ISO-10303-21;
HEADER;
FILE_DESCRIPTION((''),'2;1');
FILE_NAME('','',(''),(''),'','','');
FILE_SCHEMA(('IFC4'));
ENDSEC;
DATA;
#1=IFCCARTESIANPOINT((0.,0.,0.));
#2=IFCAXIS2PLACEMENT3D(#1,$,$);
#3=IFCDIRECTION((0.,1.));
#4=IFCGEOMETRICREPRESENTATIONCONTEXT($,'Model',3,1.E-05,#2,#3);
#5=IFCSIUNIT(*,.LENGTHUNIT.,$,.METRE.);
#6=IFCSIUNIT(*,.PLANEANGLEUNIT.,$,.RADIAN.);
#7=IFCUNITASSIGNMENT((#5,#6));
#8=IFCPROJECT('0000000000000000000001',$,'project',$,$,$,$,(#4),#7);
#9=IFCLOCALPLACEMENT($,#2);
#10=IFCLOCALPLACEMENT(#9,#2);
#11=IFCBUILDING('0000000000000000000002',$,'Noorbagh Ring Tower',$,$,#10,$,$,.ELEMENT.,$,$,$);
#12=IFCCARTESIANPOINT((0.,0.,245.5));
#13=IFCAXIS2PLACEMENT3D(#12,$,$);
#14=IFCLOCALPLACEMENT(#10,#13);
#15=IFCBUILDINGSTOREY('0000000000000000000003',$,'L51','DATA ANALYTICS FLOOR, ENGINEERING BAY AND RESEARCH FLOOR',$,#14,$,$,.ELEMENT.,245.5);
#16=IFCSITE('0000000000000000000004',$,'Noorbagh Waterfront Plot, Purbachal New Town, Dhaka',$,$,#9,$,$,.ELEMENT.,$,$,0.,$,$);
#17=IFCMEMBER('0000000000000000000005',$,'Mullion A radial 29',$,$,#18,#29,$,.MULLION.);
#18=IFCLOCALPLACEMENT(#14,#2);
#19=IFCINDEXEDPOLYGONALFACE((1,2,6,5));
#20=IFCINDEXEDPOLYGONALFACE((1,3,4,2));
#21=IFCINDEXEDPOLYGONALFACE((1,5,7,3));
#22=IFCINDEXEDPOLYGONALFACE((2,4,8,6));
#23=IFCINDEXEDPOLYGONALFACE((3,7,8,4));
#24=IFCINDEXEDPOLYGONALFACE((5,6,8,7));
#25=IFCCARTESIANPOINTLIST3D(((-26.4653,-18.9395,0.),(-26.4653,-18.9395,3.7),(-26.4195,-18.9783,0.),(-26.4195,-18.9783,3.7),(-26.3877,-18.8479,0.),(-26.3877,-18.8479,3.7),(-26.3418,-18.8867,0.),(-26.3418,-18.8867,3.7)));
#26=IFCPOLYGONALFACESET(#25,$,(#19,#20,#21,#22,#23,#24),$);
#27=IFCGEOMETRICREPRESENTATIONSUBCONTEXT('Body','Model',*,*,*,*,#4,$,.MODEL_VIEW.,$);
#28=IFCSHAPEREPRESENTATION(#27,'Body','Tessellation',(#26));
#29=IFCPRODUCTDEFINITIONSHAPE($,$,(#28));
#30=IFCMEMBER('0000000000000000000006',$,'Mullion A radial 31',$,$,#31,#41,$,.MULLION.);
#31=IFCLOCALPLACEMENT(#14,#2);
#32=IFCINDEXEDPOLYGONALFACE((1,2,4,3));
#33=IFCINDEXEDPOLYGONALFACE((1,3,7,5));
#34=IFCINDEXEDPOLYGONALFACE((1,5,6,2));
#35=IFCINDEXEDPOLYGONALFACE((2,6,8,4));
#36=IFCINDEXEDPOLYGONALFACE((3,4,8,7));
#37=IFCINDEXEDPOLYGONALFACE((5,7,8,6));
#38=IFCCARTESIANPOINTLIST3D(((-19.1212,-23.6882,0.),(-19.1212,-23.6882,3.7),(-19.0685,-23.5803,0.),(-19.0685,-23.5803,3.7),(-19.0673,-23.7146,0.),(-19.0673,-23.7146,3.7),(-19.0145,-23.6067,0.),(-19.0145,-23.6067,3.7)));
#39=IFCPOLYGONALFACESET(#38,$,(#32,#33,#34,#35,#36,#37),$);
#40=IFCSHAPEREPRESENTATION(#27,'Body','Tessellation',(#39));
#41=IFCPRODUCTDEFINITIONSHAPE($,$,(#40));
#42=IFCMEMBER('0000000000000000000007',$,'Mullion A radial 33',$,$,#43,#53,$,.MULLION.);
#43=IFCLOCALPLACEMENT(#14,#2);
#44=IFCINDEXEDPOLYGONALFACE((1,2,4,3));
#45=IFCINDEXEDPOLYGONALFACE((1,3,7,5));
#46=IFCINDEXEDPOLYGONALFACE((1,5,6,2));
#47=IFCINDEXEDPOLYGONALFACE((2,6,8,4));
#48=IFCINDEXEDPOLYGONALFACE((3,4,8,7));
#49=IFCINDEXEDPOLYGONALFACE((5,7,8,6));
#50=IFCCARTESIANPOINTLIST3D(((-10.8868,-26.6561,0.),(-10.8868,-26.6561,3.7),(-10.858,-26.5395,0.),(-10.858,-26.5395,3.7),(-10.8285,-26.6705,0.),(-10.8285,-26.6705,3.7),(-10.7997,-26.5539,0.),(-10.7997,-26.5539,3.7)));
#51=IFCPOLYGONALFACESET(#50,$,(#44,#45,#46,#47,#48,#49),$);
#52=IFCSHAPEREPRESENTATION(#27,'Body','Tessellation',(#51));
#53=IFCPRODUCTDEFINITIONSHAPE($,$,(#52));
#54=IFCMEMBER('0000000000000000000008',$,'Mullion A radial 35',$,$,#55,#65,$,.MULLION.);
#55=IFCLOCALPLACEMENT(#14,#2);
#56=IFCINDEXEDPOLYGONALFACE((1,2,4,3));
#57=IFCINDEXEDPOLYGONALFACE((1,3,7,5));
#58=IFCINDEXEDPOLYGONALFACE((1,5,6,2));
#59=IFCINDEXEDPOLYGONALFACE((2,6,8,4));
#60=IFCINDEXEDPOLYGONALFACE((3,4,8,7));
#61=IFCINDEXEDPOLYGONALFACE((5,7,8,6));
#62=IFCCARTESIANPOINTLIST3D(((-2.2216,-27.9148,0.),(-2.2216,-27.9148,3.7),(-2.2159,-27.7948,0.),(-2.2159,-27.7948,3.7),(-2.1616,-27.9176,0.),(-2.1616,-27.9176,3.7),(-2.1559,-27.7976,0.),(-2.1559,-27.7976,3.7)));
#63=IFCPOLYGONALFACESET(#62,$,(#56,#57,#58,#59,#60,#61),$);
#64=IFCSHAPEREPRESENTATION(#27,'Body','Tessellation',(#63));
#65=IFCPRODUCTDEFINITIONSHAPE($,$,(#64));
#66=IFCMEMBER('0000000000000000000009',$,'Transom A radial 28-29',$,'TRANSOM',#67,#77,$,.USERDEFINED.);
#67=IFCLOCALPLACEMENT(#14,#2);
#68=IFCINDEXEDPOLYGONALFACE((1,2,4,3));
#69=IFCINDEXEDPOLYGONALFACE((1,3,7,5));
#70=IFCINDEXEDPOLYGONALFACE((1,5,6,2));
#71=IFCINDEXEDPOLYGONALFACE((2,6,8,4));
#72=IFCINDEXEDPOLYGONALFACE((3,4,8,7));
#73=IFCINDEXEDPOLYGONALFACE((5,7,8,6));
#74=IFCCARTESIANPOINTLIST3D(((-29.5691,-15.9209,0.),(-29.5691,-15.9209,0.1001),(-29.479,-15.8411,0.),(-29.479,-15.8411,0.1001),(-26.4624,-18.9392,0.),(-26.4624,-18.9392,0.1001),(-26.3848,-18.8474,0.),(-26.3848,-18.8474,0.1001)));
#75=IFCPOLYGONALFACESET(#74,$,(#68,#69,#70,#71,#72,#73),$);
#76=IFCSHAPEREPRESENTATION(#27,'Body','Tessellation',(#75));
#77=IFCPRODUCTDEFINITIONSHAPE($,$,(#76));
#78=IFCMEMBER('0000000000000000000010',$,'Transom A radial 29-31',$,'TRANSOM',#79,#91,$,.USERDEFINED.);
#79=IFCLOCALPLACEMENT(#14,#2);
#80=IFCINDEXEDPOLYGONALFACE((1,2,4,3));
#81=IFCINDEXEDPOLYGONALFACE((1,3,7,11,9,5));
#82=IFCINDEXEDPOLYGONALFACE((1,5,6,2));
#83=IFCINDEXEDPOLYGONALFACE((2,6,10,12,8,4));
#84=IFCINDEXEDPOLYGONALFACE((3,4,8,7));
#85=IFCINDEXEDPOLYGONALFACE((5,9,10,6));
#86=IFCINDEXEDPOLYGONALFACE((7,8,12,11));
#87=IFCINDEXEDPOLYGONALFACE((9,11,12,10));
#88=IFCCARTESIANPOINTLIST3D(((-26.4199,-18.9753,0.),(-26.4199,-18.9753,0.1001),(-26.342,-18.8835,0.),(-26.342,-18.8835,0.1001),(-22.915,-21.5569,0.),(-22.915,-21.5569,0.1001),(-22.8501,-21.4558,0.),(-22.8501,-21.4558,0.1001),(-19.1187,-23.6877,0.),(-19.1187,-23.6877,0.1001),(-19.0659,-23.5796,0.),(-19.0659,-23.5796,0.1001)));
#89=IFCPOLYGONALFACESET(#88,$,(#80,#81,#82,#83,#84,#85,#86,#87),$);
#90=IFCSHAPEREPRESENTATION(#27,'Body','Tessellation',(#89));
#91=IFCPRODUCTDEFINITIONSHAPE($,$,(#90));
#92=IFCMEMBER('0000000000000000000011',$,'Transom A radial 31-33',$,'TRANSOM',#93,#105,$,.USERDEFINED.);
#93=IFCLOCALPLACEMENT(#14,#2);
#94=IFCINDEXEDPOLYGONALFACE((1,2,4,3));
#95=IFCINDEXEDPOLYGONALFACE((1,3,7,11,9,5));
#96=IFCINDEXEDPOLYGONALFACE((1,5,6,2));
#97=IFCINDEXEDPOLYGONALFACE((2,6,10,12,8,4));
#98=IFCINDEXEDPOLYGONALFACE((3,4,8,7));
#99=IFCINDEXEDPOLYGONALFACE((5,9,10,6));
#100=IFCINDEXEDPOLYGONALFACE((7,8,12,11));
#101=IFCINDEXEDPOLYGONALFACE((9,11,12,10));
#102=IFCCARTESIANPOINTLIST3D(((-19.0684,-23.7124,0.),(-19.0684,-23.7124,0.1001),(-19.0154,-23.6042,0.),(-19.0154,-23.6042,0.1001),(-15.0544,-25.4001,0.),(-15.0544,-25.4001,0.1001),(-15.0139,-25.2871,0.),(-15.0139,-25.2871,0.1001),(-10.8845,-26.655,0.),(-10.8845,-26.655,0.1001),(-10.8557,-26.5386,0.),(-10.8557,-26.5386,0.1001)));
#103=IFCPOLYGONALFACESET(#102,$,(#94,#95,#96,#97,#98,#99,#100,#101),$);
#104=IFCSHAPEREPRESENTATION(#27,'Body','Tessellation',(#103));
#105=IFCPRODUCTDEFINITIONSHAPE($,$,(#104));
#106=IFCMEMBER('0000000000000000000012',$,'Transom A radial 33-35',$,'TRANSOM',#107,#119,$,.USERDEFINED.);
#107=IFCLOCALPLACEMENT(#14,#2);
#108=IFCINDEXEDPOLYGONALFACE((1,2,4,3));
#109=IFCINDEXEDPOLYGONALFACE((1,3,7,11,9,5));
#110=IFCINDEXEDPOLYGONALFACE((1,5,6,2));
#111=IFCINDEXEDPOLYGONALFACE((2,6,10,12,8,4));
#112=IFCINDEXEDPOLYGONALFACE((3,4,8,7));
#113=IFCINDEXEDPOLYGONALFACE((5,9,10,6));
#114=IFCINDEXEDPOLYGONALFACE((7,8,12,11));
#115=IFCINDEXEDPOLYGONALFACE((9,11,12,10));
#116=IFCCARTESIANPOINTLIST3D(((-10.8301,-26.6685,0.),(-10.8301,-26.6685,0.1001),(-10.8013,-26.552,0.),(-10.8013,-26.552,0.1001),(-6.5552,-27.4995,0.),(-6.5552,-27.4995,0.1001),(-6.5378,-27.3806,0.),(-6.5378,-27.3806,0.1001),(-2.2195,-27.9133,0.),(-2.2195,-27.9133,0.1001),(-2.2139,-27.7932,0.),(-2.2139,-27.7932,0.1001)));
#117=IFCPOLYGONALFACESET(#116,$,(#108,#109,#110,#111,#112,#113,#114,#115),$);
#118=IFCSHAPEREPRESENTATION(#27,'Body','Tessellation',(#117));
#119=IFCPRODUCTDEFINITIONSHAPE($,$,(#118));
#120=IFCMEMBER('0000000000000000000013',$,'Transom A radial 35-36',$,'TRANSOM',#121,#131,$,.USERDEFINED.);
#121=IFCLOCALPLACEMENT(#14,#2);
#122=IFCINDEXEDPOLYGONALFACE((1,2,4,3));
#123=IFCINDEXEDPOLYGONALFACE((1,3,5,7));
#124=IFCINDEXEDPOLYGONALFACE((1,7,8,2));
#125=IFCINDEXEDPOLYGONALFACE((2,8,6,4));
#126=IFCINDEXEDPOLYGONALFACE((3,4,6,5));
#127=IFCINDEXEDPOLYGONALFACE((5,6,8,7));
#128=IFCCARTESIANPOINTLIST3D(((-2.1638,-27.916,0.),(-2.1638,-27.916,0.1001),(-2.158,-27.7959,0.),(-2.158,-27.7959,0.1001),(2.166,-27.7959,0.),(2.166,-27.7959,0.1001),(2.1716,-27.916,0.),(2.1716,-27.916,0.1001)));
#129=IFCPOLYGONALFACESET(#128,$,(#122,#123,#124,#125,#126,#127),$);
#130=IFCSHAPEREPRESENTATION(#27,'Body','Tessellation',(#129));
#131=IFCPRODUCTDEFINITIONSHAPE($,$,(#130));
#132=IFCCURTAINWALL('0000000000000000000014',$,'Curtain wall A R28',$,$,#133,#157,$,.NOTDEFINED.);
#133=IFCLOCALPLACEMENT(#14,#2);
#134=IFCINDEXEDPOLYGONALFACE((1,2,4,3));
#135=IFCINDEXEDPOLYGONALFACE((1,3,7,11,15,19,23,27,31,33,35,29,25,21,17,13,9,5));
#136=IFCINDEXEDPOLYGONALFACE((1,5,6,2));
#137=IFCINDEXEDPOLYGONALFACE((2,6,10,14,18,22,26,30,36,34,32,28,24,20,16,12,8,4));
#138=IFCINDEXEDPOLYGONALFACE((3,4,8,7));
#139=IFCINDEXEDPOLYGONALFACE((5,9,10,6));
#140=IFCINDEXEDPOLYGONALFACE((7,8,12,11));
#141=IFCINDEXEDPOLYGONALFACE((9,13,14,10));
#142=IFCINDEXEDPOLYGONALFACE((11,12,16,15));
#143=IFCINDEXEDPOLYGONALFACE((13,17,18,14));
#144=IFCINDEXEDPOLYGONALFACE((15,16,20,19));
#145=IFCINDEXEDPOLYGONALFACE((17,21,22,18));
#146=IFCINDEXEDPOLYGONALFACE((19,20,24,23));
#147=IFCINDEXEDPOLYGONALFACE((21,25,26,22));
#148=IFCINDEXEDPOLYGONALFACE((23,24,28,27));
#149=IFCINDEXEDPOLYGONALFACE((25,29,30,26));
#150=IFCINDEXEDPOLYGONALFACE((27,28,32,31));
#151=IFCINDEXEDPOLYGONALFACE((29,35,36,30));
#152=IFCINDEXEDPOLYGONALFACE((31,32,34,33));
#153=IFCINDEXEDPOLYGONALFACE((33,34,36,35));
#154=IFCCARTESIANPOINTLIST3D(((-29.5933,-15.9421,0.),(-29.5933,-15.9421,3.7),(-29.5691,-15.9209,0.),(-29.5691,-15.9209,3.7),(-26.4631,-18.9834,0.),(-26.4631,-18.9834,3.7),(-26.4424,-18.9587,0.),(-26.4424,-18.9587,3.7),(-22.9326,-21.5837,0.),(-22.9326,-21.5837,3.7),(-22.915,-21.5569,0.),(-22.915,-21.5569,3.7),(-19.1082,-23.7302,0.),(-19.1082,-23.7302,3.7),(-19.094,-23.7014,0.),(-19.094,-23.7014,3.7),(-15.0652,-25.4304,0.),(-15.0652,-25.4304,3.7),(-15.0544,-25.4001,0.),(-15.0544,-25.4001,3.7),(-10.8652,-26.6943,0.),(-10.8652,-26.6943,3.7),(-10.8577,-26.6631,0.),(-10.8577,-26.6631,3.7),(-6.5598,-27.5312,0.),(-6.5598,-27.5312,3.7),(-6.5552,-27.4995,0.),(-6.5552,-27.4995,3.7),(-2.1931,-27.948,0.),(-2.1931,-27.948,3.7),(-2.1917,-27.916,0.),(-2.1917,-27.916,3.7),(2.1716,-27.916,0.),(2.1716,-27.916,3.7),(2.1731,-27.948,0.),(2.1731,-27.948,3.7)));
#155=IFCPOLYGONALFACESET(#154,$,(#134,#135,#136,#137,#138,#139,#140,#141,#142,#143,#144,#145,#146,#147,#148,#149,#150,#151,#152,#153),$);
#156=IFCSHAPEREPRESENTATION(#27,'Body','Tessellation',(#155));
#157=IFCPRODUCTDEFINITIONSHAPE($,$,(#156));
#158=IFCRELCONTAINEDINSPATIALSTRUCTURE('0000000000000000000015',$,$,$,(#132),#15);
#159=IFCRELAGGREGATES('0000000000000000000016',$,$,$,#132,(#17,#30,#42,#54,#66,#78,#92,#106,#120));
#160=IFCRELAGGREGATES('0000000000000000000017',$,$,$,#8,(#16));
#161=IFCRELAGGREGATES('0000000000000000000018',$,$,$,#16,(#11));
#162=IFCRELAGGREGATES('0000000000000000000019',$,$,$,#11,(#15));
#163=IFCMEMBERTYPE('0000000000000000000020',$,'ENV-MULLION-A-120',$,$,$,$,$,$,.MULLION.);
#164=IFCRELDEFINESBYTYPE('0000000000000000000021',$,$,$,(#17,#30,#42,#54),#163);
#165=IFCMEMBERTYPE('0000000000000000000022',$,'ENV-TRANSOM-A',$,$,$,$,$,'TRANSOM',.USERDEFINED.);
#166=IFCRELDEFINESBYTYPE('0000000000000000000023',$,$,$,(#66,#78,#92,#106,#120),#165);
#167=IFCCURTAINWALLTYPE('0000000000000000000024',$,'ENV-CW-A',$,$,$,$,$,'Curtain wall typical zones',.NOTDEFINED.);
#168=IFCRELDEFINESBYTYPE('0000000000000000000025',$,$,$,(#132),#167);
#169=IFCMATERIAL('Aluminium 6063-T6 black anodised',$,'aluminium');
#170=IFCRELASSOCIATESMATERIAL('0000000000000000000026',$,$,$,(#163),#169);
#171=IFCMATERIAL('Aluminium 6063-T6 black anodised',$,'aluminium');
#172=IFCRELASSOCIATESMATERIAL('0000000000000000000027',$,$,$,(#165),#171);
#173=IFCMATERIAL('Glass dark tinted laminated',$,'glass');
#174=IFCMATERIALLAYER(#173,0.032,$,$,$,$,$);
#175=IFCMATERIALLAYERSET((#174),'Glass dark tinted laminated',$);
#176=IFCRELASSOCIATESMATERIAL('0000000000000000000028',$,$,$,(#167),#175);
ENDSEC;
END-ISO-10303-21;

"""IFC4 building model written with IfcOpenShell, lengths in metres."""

from ifc_helpers import new_model, si_unit, direction, frame, origin, origin_2d, place, context, subcontext, project, spatial, polyline, rectangle, outline, extrude, material, layer, layer_set, material_profile, profile_set, type_object, element, aggregate, save


model = new_model("IFC4")

# Units and contexts
model_context = context("Model", 3, precision=1e-05, world=origin(), true_north=direction((0.0, 1.0)))
body_context = subcontext(model_context, "Body", "Model", "MODEL_VIEW")
ifc_project = project(units=[si_unit("LENGTHUNIT", "METRE"), si_unit("PLANEANGLEUNIT", "RADIAN")], contexts=[model_context])

# Members
ifc_material_1 = material(Name="Aluminium 6063-T6 black anodised", Category="aluminium")
ifc_material_profile_1 = material_profile(ifc_material_1, rectangle(XDim=0.1201, YDim=0.0601, at=origin_2d()), Name="120x60")
ifc_profile_set_1 = profile_set([ifc_material_profile_1], Name="Aluminium 6063-T6 black anodised")
member_type_1 = type_object("IfcMemberType", Name="ENV-MULLION-A-120", PredefinedType="MULLION", material=ifc_profile_set_1)
site_placement = place(None, origin())
building_placement = place(site_placement, origin())
storey_placement = place(building_placement, frame((0.0, 0.0, 245.5)))
member_1_placement = place(storey_placement, frame((-26.4036, -18.9131, 0.0), z_axis=(0.0, 0.0, 1.0), x_axis=(0.646451, 0.762955, 0.0)))
member_1 = element("IfcMember", 1, at=member_1_placement, type_object=member_type_1, Name="Mullion A radial 29", PredefinedType="MULLION", context=body_context, shape_type="SweptSolid", body=[
    extrude(rectangle(XDim=0.1201, YDim=0.0601, at=origin_2d()), origin(), (0.0, 0.0, 1.0), 3.7),
])
member_2_placement = place(storey_placement, frame((-19.0679, -23.6475, 0.0), z_axis=(0.0, 0.0, 1.0), x_axis=(0.439238, 0.898371, 0.0)))
member_2 = element("IfcMember", 2, at=member_2_placement, type_object=member_type_1, Name="Mullion A radial 31", PredefinedType="MULLION", context=body_context, shape_type="SweptSolid", body=[
    extrude(rectangle(XDim=0.1201, YDim=0.0601, at=origin_2d()), origin(), (0.0, 0.0, 1.0), 3.7),
])
member_3_placement = place(storey_placement, frame((-10.8433, -26.605, 0.0), z_axis=(0.0, 0.0, 1.0), x_axis=(0.239799, 0.970823, 0.0)))
member_3 = element("IfcMember", 3, at=member_3_placement, type_object=member_type_1, Name="Mullion A radial 33", PredefinedType="MULLION", context=body_context, shape_type="SweptSolid", body=[
    extrude(rectangle(XDim=0.1201, YDim=0.0601, at=origin_2d()), origin(), (0.0, 0.0, 1.0), 3.7),
])
member_4_placement = place(storey_placement, frame((-2.1887, -27.8562, 0.0), z_axis=(0.0, 0.0, 1.0), x_axis=(0.047558, 0.998868, 0.0)))
member_4 = element("IfcMember", 4, at=member_4_placement, type_object=member_type_1, Name="Mullion A radial 35", PredefinedType="MULLION", context=body_context, shape_type="SweptSolid", body=[
    extrude(rectangle(XDim=0.1201, YDim=0.0601, at=origin_2d()), origin(), (0.0, 0.0, 1.0), 3.7),
])
ifc_material_2 = material(Name="Aluminium 6063-T6 black anodised", Category="aluminium")
member_type_2 = type_object("IfcMemberType", Name="ENV-TRANSOM-A", ElementType="TRANSOM", PredefinedType="USERDEFINED", material=ifc_material_2)
member_5_placement = place(storey_placement, origin())
member_5 = element("IfcMember", 5, at=member_5_placement, type_object=member_type_2, Name="Transom A radial 28-29", ObjectType="TRANSOM", PredefinedType="USERDEFINED", context=body_context, shape_type="SweptSolid", body=[
    extrude(outline(polyline([(-29.5691, -15.9209), (-26.4624, -18.9392), (-26.3848, -18.8474), (-29.479, -15.8411), (-29.5691, -15.9209)])), origin(), (0.0, 0.0, 1.0), 0.1001),
])
member_6_placement = place(storey_placement, origin())
member_6 = element("IfcMember", 6, at=member_6_placement, type_object=member_type_2, Name="Transom A radial 29-31", ObjectType="TRANSOM", PredefinedType="USERDEFINED", context=body_context, shape_type="SweptSolid", body=[
    extrude(outline(polyline([(-26.4199, -18.9753), (-22.915, -21.5569), (-19.1187, -23.6877), (-19.0659, -23.5796), (-22.8501, -21.4558), (-26.342, -18.8835), (-26.4199, -18.9753)])), origin(), (0.0, 0.0, 1.0), 0.1001),
])
member_7_placement = place(storey_placement, origin())
member_7 = element("IfcMember", 7, at=member_7_placement, type_object=member_type_2, Name="Transom A radial 31-33", ObjectType="TRANSOM", PredefinedType="USERDEFINED", context=body_context, shape_type="SweptSolid", body=[
    extrude(outline(polyline([(-19.0684, -23.7124), (-15.0544, -25.4001), (-10.8845, -26.655), (-10.8557, -26.5386), (-15.0139, -25.2871), (-19.0154, -23.6042), (-19.0684, -23.7124)])), origin(), (0.0, 0.0, 1.0), 0.1001),
])
member_8_placement = place(storey_placement, origin())
member_8 = element("IfcMember", 8, at=member_8_placement, type_object=member_type_2, Name="Transom A radial 33-35", ObjectType="TRANSOM", PredefinedType="USERDEFINED", context=body_context, shape_type="SweptSolid", body=[
    extrude(outline(polyline([(-10.8301, -26.6685), (-6.5552, -27.4995), (-2.2195, -27.9133), (-2.2139, -27.7932), (-6.5378, -27.3806), (-10.8013, -26.552), (-10.8301, -26.6685)])), origin(), (0.0, 0.0, 1.0), 0.1001),
])
member_9_placement = place(storey_placement, origin())
member_9 = element("IfcMember", 9, at=member_9_placement, type_object=member_type_2, Name="Transom A radial 35-36", ObjectType="TRANSOM", PredefinedType="USERDEFINED", context=body_context, shape_type="SweptSolid", body=[
    extrude(outline(polyline([(-2.1638, -27.916), (2.1716, -27.916), (2.166, -27.7959), (-2.158, -27.7959), (-2.1638, -27.916)])), origin(), (0.0, 0.0, 1.0), 0.1001),
])

# Site, building, storey
site = spatial("IfcSite", under=ifc_project, at=site_placement, Name="Noorbagh Waterfront Plot, Purbachal New Town, Dhaka", CompositionType="ELEMENT", RefElevation=0.0)
building = spatial("IfcBuilding", under=site, at=building_placement, Name="Noorbagh Ring Tower", CompositionType="ELEMENT")
storey = spatial("IfcBuildingStorey", under=building, at=storey_placement, Name="L51", Description="DATA ANALYTICS FLOOR, ENGINEERING BAY AND RESEARCH FLOOR", CompositionType="ELEMENT", Elevation=245.5)

# Curtain wall
ifc_material_3 = material(Name="Glass dark tinted laminated", Category="glass")
ifc_layer_1 = layer(ifc_material_3, 0.032)
ifc_layer_set_1 = layer_set([ifc_layer_1], Name="Glass dark tinted laminated")
curtain_wall_type_1 = type_object("IfcCurtainWallType", Name="ENV-CW-A", ElementType="Curtain wall typical zones", PredefinedType="NOTDEFINED", material=ifc_layer_set_1)
curtain_wall_1_placement = place(storey_placement, origin())
curtain_wall_1 = element("IfcCurtainWall", 10, at=curtain_wall_1_placement, inside=storey, type_object=curtain_wall_type_1, Name="Curtain wall A R28", PredefinedType="NOTDEFINED", context=body_context, shape_type="SweptSolid", body=[
    extrude(outline(polyline([(-29.5933, -15.9421), (-26.4631, -18.9834), (-22.9326, -21.5837), (-19.1082, -23.7302), (-15.0652, -25.4304), (-10.8652, -26.6943), (-6.5598, -27.5312), (-2.1931, -27.948), (2.1731, -27.948), (2.1716, -27.916), (-2.1917, -27.916), (-6.5552, -27.4995), (-10.8577, -26.6631), (-15.0544, -25.4001), (-19.094, -23.7014), (-22.915, -21.5569), (-26.4424, -18.9587), (-29.5691, -15.9209), (-29.5933, -15.9421)])), origin(), (0.0, 0.0, 1.0), 3.7),
])
aggregate(curtain_wall_1, [member_1, member_2, member_3, member_4, member_5, member_6, member_7, member_8, member_9])

save(model, "model.ifc")
